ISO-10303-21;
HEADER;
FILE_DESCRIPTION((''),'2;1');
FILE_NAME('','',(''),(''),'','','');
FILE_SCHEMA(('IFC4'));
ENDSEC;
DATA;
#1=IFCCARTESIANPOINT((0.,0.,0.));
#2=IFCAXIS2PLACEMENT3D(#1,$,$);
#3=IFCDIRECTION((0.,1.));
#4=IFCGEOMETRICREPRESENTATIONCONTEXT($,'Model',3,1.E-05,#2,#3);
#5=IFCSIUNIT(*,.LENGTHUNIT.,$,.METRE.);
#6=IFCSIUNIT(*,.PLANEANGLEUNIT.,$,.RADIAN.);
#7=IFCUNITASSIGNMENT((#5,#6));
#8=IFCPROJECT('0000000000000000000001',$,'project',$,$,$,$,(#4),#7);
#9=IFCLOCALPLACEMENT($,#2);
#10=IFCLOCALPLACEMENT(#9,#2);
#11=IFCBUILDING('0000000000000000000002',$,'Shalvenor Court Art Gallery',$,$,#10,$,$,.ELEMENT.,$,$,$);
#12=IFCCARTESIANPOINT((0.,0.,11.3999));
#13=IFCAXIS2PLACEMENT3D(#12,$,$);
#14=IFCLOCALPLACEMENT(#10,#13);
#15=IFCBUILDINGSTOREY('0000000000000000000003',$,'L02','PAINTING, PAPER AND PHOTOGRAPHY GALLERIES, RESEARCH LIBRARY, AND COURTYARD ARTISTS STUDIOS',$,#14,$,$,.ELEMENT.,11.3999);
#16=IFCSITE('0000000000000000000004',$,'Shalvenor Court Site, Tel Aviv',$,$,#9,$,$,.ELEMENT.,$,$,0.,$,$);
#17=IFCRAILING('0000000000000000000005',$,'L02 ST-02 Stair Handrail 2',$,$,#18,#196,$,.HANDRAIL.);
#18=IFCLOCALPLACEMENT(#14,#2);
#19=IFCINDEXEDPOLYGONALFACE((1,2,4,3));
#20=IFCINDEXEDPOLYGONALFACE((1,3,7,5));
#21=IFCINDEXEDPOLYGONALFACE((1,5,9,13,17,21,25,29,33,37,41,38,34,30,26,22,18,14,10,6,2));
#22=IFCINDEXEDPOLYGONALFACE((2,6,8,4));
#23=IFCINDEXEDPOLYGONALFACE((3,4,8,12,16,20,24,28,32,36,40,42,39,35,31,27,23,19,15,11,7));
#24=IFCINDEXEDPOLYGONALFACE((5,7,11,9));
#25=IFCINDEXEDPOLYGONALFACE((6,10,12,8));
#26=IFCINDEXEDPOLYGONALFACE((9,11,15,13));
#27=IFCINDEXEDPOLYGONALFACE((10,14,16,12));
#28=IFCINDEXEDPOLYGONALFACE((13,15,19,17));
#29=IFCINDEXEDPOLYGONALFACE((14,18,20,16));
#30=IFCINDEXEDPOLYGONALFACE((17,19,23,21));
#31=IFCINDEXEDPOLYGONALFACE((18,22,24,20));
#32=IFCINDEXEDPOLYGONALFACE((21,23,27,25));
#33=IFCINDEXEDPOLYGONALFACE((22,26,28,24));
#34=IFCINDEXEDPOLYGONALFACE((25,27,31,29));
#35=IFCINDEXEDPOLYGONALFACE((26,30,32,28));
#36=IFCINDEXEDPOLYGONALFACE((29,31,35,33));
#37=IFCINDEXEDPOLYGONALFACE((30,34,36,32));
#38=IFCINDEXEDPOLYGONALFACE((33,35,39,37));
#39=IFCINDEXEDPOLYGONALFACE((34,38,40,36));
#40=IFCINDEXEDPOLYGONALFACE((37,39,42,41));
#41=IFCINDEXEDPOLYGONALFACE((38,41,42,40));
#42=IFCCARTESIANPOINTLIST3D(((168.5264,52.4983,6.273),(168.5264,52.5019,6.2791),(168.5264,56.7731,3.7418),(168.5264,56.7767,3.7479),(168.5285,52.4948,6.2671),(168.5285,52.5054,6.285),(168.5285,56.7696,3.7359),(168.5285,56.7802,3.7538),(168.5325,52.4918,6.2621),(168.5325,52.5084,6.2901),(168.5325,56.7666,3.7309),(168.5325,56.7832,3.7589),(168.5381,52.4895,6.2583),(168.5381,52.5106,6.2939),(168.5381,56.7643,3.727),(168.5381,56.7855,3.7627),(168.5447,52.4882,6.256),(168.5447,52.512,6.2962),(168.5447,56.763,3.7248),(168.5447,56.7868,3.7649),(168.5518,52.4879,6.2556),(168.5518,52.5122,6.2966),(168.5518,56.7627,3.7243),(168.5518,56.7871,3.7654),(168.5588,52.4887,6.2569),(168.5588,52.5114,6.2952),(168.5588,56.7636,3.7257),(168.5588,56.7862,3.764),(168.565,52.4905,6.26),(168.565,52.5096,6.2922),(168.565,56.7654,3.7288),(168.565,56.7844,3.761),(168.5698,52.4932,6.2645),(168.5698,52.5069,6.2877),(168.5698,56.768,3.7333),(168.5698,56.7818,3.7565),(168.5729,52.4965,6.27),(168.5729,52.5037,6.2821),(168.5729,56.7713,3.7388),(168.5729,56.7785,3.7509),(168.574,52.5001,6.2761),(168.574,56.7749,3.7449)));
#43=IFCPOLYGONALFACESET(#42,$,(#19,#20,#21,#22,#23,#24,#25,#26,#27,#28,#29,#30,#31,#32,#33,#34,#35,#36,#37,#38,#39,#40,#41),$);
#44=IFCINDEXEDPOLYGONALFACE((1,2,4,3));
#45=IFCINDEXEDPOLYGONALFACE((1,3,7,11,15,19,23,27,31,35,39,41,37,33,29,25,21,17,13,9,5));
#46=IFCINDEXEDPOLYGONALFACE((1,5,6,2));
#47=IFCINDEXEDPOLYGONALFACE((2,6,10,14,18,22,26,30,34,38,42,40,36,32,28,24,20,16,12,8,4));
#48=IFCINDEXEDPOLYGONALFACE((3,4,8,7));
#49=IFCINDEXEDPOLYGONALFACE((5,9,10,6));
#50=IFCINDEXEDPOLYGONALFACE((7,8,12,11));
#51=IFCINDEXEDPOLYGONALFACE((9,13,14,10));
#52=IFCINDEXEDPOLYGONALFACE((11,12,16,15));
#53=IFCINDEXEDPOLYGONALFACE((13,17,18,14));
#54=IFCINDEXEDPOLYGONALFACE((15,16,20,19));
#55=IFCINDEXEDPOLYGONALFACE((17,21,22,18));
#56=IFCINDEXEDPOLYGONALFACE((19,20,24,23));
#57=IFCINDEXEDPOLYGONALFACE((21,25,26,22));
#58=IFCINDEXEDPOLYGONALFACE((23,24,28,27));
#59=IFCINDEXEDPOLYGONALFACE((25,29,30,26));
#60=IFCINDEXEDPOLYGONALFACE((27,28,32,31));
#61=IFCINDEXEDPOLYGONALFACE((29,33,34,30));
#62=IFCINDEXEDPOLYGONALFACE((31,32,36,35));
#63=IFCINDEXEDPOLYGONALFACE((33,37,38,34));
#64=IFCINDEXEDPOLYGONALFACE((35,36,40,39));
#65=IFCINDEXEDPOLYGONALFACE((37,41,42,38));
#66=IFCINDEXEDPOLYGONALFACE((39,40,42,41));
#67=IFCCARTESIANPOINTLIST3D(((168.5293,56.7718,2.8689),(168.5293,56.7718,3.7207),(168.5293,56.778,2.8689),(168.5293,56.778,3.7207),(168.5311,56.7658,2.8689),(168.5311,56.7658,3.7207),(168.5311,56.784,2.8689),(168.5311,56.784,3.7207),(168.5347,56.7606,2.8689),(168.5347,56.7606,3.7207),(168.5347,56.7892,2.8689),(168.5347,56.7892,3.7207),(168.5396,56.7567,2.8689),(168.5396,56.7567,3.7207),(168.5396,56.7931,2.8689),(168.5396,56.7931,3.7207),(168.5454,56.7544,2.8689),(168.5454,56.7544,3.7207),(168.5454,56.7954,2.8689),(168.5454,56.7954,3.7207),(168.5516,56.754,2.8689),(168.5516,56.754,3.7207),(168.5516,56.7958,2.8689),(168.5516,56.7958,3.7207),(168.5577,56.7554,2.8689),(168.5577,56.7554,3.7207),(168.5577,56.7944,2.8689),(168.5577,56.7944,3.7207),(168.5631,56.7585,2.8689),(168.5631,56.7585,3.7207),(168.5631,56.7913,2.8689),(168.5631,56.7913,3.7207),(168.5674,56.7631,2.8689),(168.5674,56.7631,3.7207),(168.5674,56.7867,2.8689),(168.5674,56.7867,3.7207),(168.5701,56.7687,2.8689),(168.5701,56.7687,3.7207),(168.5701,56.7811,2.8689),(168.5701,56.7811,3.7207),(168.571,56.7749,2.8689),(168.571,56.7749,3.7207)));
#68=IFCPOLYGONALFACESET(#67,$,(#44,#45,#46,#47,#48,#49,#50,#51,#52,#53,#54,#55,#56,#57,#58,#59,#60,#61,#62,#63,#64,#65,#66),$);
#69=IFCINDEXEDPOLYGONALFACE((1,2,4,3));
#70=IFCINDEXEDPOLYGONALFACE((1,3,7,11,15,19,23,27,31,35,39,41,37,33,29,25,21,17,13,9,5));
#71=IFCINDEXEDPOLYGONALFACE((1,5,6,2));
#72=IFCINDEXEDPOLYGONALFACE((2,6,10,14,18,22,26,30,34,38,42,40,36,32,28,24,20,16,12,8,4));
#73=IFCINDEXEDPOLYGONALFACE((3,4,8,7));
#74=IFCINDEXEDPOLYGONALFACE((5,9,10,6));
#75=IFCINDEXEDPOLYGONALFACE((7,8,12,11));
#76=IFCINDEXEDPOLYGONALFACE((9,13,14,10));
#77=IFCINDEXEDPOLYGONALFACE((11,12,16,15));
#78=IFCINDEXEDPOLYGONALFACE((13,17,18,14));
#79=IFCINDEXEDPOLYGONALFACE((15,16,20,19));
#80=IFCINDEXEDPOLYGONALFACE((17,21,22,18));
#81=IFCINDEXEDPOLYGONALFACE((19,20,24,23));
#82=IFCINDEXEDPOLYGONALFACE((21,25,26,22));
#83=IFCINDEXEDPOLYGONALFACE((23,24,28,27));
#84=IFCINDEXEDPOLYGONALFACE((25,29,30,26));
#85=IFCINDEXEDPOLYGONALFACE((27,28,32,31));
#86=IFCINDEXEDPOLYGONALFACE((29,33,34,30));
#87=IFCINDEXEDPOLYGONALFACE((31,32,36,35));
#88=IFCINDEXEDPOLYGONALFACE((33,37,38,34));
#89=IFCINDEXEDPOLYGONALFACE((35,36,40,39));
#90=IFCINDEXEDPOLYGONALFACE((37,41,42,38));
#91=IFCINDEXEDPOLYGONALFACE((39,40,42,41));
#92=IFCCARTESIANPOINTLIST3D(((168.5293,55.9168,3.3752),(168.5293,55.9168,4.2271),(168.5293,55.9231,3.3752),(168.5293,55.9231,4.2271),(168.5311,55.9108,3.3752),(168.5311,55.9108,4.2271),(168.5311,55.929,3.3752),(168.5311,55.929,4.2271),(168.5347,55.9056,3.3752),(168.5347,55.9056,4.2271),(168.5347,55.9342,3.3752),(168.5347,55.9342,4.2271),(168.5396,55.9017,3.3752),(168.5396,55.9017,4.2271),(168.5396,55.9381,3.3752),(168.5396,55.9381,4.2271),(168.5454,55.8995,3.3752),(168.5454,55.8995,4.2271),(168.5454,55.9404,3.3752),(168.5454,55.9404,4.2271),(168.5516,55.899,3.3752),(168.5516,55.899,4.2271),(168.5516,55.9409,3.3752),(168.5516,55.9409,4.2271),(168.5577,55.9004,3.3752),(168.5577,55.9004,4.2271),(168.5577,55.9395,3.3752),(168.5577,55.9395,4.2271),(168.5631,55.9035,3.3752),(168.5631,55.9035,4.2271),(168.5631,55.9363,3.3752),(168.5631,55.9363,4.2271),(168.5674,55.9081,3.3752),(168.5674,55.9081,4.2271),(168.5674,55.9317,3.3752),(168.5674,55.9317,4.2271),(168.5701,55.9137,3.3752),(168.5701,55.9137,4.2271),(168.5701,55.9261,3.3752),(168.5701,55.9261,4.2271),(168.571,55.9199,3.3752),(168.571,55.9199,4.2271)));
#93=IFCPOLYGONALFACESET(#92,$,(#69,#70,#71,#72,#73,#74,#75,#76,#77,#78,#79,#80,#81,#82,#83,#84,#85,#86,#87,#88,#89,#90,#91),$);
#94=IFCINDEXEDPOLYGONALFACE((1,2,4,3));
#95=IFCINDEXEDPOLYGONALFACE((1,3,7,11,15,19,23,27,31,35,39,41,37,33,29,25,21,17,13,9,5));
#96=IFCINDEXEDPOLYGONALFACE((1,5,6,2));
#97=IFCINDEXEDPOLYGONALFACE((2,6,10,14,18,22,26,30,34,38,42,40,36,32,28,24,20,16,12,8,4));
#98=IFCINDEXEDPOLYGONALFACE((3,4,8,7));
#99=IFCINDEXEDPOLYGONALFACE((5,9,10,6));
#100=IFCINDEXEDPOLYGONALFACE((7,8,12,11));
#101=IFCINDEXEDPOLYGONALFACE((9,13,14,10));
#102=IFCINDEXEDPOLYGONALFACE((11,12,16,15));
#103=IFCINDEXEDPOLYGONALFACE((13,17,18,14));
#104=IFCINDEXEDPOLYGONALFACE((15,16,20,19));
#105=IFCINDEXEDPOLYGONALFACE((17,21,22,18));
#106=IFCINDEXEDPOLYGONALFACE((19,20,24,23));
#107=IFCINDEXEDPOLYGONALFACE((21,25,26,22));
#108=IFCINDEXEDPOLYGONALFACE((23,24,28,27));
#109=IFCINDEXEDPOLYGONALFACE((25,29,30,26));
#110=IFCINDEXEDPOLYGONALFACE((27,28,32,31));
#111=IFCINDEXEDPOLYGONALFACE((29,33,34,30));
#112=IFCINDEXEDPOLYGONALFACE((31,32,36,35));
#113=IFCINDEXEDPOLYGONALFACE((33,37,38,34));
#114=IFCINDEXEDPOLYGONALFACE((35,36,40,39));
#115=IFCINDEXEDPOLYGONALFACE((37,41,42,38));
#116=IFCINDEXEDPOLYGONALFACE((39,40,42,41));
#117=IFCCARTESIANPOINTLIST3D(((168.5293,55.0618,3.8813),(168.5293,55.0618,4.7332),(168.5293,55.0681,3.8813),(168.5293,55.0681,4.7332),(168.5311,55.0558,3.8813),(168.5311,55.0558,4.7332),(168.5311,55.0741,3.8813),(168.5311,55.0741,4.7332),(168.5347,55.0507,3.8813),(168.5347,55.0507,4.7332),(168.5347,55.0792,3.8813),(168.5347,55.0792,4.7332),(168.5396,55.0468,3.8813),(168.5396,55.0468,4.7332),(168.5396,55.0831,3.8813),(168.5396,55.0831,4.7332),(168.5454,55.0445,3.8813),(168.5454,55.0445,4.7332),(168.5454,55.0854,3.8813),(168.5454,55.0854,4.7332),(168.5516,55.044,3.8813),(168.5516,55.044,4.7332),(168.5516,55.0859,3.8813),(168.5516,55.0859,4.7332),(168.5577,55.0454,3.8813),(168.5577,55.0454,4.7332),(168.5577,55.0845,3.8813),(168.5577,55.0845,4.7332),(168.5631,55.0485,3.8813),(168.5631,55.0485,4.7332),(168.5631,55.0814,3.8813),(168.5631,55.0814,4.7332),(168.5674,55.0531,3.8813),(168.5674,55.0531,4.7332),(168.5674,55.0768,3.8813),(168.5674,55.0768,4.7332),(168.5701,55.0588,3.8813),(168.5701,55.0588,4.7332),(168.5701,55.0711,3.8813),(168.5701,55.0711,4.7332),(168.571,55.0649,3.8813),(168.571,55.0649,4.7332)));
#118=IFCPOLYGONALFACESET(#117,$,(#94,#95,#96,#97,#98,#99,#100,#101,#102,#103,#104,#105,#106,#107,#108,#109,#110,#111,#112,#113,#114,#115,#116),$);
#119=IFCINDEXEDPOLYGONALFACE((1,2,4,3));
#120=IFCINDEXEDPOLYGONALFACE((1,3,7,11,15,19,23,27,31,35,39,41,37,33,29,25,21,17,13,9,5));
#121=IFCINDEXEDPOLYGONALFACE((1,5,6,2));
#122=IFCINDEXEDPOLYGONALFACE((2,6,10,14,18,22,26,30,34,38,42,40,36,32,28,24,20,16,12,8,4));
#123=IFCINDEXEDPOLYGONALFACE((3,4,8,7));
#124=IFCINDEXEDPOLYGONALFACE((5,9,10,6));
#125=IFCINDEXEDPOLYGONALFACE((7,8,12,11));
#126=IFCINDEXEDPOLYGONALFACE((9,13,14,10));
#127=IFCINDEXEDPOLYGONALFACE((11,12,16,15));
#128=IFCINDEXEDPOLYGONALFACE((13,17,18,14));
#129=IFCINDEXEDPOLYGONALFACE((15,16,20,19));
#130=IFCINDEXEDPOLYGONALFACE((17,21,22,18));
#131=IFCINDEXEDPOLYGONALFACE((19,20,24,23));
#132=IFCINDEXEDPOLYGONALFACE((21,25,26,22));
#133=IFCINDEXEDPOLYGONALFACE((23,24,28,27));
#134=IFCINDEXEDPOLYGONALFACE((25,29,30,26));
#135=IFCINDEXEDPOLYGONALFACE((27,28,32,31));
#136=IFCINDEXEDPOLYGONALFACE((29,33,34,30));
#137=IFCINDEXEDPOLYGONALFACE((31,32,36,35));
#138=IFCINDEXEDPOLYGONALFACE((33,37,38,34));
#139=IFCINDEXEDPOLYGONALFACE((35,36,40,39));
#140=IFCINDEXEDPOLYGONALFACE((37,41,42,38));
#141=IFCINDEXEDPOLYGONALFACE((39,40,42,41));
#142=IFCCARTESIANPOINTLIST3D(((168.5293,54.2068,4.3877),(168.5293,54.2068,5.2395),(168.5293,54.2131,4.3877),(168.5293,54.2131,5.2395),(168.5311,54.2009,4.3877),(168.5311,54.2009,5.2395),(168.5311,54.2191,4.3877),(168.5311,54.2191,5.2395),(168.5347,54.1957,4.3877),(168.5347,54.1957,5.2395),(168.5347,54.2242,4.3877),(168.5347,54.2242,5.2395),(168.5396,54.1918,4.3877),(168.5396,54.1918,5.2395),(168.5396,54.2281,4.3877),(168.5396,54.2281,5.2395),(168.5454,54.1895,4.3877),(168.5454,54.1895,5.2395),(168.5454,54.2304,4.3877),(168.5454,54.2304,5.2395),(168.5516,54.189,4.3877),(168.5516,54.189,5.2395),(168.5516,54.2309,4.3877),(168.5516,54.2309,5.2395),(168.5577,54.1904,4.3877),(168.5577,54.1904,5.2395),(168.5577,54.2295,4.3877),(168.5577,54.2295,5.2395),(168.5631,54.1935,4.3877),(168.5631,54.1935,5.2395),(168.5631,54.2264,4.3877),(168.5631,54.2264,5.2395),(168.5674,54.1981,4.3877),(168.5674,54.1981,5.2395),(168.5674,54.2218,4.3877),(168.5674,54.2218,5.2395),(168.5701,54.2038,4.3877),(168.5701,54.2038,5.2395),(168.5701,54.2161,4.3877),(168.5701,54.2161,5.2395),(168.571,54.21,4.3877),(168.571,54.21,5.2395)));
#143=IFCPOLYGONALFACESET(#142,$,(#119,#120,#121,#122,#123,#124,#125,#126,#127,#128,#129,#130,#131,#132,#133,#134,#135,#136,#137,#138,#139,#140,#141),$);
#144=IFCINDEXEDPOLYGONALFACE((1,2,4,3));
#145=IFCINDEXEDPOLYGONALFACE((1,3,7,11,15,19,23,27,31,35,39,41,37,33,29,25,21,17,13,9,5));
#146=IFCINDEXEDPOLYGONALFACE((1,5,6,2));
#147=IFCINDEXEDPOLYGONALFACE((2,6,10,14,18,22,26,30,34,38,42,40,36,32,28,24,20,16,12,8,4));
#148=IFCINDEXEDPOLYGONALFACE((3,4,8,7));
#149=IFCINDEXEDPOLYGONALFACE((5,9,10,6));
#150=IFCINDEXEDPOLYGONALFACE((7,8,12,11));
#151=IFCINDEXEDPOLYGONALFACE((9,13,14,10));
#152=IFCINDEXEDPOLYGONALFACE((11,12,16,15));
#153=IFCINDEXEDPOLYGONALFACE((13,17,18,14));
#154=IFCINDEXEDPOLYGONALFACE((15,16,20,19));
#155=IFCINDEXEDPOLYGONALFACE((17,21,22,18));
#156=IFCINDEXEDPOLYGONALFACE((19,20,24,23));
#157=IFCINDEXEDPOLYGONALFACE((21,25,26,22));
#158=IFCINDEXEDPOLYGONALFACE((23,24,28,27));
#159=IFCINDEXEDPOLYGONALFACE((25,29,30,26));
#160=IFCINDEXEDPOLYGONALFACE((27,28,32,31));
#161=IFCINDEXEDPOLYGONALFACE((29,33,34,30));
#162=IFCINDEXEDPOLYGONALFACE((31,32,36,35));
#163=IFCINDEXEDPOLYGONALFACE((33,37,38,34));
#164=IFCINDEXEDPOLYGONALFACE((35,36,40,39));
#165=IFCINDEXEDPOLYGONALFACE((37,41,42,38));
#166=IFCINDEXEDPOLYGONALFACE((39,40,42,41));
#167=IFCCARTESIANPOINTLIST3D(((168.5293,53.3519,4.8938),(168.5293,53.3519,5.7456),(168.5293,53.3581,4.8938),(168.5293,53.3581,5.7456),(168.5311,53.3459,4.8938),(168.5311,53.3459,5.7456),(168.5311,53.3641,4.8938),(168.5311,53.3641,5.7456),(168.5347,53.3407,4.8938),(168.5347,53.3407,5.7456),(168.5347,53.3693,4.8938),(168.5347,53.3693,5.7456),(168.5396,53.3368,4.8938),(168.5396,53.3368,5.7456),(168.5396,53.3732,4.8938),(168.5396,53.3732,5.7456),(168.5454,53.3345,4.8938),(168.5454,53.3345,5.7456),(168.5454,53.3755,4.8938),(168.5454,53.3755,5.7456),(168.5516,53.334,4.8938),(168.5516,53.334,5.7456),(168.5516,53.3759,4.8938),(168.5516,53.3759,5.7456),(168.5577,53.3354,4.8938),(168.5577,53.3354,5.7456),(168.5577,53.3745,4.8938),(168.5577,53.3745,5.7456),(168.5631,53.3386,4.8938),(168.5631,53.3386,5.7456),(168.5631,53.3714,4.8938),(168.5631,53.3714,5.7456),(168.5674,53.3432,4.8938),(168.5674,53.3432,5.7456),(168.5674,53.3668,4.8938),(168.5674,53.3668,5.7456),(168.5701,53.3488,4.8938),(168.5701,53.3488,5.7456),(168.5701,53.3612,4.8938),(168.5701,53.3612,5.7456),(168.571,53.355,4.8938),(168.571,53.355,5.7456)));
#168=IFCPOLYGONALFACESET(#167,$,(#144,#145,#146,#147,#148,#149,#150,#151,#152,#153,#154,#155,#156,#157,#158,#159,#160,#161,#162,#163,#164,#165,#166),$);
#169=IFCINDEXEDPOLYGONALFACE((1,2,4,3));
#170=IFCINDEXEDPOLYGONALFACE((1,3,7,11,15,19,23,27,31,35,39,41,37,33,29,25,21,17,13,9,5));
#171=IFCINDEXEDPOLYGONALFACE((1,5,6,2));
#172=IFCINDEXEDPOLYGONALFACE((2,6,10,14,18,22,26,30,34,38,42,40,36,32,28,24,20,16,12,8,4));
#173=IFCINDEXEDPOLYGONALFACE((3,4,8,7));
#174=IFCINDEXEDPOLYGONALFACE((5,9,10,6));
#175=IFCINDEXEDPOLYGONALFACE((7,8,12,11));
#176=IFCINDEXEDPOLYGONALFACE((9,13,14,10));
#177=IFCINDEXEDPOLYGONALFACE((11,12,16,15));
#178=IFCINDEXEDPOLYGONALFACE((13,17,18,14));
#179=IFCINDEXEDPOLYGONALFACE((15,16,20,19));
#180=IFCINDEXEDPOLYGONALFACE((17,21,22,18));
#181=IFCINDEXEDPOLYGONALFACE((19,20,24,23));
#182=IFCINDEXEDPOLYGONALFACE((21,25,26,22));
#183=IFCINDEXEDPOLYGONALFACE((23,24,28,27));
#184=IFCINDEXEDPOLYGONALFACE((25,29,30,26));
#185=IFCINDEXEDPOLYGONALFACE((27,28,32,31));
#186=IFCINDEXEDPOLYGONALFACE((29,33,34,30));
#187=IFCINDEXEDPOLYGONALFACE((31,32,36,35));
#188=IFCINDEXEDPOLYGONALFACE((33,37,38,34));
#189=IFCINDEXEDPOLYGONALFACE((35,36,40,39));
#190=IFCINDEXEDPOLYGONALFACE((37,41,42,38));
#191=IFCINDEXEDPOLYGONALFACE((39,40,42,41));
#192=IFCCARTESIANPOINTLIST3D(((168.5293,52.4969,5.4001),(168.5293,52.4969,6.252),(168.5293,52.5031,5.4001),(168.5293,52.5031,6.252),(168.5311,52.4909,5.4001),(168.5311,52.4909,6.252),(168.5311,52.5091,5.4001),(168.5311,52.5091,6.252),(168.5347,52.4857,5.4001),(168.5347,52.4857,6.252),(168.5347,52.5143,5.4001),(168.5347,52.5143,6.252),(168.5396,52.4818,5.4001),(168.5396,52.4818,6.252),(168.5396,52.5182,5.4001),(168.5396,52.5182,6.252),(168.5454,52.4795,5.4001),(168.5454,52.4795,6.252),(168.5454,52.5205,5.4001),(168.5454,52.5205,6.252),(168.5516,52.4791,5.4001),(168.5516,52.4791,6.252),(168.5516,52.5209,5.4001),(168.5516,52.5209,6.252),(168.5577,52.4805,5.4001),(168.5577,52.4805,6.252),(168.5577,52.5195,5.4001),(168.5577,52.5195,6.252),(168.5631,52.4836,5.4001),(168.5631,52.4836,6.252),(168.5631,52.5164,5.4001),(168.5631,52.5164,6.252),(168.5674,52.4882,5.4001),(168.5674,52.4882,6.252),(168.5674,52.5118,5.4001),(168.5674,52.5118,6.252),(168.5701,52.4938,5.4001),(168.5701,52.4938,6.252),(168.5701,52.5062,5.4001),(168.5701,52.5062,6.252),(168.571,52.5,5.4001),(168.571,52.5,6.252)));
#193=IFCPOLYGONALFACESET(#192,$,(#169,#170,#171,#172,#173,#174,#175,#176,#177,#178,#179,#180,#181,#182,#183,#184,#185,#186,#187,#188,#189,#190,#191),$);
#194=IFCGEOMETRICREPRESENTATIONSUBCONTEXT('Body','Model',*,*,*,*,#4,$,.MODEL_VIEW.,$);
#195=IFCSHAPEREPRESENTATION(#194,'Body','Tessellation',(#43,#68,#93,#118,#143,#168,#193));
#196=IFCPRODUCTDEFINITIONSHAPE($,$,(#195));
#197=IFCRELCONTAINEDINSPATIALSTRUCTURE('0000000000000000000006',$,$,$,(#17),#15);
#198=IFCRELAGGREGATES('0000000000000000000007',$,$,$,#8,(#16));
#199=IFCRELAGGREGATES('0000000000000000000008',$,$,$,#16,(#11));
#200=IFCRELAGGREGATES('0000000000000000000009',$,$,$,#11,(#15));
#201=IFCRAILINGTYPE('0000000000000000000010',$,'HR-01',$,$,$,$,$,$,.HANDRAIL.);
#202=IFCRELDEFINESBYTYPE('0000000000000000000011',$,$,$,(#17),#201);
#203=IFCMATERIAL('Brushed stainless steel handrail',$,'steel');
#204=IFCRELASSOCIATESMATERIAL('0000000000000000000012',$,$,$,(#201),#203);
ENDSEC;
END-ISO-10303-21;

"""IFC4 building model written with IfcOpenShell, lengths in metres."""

from ifc_helpers import new_model, si_unit, direction, frame, origin, origin_2d, place, context, subcontext, project, spatial, circle, extrude, material, type_object, element, save


model = new_model("IFC4")

# Units and contexts
model_context = context("Model", 3, precision=1e-05, world=origin(), true_north=direction((0.0, 1.0)))
body_context = subcontext(model_context, "Body", "Model", "MODEL_VIEW")
ifc_project = project(units=[si_unit("LENGTHUNIT", "METRE"), si_unit("PLANEANGLEUNIT", "RADIAN")], contexts=[model_context])

# Site, building, storey
site_placement = place(None, origin())
site = spatial("IfcSite", under=ifc_project, at=site_placement, Name="Shalvenor Court Site, Tel Aviv", CompositionType="ELEMENT", RefElevation=0.0)
building_placement = place(site_placement, origin())
building = spatial("IfcBuilding", under=site, at=building_placement, Name="Shalvenor Court Art Gallery", CompositionType="ELEMENT")
storey_placement = place(building_placement, frame((0.0, 0.0, 11.3999)))
storey = spatial("IfcBuildingStorey", under=building, at=storey_placement, Name="L02", Description="PAINTING, PAPER AND PHOTOGRAPHY GALLERIES, RESEARCH LIBRARY, AND COURTYARD ARTISTS STUDIOS", CompositionType="ELEMENT", Elevation=11.3999)

# Railing
ifc_material_1 = material(Name="Brushed stainless steel handrail", Category="steel")
railing_type_1 = type_object("IfcRailingType", Name="HR-01", PredefinedType="HANDRAIL", material=ifc_material_1)
railing_1_placement = place(storey_placement, frame((168.55, 56.7749, 2.8689)))
element("IfcRailing", 1, at=railing_1_placement, inside=storey, type_object=railing_type_1, Name="L02 ST-02 Stair Handrail 2", PredefinedType="HANDRAIL", context=body_context, shape_type="SweptSolid", body=[
    extrude(circle(Radius=0.0239, at=origin_2d()), frame((0.0, 0.0, 0.876), z_axis=(0.0, -0.86047, 0.509501), x_axis=(1.0, 0.0, 0.0)), (0.0, 0.0, 1.0), 4.968),
    extrude(circle(Radius=0.021, at=origin_2d()), origin(), (0.0, 0.0, 1.0), 0.8518),
    extrude(circle(Radius=0.021, at=origin_2d()), frame((0.0, -0.855, 0.5063)), (0.0, 0.0, 1.0), 0.8518),
    extrude(circle(Radius=0.021, at=origin_2d()), frame((0.0, -1.71, 1.0125)), (0.0, 0.0, 1.0), 0.8518),
    extrude(circle(Radius=0.021, at=origin_2d()), frame((0.0, -2.5649, 1.5188)), (0.0, 0.0, 1.0), 0.8518),
    extrude(circle(Radius=0.021, at=origin_2d()), frame((0.0, -3.4199, 2.0249)), (0.0, 0.0, 1.0), 0.8518),
    extrude(circle(Radius=0.021, at=origin_2d()), frame((0.0, -4.2749, 2.5312)), (0.0, 0.0, 1.0), 0.8518),
])

save(model, "model.ifc")
